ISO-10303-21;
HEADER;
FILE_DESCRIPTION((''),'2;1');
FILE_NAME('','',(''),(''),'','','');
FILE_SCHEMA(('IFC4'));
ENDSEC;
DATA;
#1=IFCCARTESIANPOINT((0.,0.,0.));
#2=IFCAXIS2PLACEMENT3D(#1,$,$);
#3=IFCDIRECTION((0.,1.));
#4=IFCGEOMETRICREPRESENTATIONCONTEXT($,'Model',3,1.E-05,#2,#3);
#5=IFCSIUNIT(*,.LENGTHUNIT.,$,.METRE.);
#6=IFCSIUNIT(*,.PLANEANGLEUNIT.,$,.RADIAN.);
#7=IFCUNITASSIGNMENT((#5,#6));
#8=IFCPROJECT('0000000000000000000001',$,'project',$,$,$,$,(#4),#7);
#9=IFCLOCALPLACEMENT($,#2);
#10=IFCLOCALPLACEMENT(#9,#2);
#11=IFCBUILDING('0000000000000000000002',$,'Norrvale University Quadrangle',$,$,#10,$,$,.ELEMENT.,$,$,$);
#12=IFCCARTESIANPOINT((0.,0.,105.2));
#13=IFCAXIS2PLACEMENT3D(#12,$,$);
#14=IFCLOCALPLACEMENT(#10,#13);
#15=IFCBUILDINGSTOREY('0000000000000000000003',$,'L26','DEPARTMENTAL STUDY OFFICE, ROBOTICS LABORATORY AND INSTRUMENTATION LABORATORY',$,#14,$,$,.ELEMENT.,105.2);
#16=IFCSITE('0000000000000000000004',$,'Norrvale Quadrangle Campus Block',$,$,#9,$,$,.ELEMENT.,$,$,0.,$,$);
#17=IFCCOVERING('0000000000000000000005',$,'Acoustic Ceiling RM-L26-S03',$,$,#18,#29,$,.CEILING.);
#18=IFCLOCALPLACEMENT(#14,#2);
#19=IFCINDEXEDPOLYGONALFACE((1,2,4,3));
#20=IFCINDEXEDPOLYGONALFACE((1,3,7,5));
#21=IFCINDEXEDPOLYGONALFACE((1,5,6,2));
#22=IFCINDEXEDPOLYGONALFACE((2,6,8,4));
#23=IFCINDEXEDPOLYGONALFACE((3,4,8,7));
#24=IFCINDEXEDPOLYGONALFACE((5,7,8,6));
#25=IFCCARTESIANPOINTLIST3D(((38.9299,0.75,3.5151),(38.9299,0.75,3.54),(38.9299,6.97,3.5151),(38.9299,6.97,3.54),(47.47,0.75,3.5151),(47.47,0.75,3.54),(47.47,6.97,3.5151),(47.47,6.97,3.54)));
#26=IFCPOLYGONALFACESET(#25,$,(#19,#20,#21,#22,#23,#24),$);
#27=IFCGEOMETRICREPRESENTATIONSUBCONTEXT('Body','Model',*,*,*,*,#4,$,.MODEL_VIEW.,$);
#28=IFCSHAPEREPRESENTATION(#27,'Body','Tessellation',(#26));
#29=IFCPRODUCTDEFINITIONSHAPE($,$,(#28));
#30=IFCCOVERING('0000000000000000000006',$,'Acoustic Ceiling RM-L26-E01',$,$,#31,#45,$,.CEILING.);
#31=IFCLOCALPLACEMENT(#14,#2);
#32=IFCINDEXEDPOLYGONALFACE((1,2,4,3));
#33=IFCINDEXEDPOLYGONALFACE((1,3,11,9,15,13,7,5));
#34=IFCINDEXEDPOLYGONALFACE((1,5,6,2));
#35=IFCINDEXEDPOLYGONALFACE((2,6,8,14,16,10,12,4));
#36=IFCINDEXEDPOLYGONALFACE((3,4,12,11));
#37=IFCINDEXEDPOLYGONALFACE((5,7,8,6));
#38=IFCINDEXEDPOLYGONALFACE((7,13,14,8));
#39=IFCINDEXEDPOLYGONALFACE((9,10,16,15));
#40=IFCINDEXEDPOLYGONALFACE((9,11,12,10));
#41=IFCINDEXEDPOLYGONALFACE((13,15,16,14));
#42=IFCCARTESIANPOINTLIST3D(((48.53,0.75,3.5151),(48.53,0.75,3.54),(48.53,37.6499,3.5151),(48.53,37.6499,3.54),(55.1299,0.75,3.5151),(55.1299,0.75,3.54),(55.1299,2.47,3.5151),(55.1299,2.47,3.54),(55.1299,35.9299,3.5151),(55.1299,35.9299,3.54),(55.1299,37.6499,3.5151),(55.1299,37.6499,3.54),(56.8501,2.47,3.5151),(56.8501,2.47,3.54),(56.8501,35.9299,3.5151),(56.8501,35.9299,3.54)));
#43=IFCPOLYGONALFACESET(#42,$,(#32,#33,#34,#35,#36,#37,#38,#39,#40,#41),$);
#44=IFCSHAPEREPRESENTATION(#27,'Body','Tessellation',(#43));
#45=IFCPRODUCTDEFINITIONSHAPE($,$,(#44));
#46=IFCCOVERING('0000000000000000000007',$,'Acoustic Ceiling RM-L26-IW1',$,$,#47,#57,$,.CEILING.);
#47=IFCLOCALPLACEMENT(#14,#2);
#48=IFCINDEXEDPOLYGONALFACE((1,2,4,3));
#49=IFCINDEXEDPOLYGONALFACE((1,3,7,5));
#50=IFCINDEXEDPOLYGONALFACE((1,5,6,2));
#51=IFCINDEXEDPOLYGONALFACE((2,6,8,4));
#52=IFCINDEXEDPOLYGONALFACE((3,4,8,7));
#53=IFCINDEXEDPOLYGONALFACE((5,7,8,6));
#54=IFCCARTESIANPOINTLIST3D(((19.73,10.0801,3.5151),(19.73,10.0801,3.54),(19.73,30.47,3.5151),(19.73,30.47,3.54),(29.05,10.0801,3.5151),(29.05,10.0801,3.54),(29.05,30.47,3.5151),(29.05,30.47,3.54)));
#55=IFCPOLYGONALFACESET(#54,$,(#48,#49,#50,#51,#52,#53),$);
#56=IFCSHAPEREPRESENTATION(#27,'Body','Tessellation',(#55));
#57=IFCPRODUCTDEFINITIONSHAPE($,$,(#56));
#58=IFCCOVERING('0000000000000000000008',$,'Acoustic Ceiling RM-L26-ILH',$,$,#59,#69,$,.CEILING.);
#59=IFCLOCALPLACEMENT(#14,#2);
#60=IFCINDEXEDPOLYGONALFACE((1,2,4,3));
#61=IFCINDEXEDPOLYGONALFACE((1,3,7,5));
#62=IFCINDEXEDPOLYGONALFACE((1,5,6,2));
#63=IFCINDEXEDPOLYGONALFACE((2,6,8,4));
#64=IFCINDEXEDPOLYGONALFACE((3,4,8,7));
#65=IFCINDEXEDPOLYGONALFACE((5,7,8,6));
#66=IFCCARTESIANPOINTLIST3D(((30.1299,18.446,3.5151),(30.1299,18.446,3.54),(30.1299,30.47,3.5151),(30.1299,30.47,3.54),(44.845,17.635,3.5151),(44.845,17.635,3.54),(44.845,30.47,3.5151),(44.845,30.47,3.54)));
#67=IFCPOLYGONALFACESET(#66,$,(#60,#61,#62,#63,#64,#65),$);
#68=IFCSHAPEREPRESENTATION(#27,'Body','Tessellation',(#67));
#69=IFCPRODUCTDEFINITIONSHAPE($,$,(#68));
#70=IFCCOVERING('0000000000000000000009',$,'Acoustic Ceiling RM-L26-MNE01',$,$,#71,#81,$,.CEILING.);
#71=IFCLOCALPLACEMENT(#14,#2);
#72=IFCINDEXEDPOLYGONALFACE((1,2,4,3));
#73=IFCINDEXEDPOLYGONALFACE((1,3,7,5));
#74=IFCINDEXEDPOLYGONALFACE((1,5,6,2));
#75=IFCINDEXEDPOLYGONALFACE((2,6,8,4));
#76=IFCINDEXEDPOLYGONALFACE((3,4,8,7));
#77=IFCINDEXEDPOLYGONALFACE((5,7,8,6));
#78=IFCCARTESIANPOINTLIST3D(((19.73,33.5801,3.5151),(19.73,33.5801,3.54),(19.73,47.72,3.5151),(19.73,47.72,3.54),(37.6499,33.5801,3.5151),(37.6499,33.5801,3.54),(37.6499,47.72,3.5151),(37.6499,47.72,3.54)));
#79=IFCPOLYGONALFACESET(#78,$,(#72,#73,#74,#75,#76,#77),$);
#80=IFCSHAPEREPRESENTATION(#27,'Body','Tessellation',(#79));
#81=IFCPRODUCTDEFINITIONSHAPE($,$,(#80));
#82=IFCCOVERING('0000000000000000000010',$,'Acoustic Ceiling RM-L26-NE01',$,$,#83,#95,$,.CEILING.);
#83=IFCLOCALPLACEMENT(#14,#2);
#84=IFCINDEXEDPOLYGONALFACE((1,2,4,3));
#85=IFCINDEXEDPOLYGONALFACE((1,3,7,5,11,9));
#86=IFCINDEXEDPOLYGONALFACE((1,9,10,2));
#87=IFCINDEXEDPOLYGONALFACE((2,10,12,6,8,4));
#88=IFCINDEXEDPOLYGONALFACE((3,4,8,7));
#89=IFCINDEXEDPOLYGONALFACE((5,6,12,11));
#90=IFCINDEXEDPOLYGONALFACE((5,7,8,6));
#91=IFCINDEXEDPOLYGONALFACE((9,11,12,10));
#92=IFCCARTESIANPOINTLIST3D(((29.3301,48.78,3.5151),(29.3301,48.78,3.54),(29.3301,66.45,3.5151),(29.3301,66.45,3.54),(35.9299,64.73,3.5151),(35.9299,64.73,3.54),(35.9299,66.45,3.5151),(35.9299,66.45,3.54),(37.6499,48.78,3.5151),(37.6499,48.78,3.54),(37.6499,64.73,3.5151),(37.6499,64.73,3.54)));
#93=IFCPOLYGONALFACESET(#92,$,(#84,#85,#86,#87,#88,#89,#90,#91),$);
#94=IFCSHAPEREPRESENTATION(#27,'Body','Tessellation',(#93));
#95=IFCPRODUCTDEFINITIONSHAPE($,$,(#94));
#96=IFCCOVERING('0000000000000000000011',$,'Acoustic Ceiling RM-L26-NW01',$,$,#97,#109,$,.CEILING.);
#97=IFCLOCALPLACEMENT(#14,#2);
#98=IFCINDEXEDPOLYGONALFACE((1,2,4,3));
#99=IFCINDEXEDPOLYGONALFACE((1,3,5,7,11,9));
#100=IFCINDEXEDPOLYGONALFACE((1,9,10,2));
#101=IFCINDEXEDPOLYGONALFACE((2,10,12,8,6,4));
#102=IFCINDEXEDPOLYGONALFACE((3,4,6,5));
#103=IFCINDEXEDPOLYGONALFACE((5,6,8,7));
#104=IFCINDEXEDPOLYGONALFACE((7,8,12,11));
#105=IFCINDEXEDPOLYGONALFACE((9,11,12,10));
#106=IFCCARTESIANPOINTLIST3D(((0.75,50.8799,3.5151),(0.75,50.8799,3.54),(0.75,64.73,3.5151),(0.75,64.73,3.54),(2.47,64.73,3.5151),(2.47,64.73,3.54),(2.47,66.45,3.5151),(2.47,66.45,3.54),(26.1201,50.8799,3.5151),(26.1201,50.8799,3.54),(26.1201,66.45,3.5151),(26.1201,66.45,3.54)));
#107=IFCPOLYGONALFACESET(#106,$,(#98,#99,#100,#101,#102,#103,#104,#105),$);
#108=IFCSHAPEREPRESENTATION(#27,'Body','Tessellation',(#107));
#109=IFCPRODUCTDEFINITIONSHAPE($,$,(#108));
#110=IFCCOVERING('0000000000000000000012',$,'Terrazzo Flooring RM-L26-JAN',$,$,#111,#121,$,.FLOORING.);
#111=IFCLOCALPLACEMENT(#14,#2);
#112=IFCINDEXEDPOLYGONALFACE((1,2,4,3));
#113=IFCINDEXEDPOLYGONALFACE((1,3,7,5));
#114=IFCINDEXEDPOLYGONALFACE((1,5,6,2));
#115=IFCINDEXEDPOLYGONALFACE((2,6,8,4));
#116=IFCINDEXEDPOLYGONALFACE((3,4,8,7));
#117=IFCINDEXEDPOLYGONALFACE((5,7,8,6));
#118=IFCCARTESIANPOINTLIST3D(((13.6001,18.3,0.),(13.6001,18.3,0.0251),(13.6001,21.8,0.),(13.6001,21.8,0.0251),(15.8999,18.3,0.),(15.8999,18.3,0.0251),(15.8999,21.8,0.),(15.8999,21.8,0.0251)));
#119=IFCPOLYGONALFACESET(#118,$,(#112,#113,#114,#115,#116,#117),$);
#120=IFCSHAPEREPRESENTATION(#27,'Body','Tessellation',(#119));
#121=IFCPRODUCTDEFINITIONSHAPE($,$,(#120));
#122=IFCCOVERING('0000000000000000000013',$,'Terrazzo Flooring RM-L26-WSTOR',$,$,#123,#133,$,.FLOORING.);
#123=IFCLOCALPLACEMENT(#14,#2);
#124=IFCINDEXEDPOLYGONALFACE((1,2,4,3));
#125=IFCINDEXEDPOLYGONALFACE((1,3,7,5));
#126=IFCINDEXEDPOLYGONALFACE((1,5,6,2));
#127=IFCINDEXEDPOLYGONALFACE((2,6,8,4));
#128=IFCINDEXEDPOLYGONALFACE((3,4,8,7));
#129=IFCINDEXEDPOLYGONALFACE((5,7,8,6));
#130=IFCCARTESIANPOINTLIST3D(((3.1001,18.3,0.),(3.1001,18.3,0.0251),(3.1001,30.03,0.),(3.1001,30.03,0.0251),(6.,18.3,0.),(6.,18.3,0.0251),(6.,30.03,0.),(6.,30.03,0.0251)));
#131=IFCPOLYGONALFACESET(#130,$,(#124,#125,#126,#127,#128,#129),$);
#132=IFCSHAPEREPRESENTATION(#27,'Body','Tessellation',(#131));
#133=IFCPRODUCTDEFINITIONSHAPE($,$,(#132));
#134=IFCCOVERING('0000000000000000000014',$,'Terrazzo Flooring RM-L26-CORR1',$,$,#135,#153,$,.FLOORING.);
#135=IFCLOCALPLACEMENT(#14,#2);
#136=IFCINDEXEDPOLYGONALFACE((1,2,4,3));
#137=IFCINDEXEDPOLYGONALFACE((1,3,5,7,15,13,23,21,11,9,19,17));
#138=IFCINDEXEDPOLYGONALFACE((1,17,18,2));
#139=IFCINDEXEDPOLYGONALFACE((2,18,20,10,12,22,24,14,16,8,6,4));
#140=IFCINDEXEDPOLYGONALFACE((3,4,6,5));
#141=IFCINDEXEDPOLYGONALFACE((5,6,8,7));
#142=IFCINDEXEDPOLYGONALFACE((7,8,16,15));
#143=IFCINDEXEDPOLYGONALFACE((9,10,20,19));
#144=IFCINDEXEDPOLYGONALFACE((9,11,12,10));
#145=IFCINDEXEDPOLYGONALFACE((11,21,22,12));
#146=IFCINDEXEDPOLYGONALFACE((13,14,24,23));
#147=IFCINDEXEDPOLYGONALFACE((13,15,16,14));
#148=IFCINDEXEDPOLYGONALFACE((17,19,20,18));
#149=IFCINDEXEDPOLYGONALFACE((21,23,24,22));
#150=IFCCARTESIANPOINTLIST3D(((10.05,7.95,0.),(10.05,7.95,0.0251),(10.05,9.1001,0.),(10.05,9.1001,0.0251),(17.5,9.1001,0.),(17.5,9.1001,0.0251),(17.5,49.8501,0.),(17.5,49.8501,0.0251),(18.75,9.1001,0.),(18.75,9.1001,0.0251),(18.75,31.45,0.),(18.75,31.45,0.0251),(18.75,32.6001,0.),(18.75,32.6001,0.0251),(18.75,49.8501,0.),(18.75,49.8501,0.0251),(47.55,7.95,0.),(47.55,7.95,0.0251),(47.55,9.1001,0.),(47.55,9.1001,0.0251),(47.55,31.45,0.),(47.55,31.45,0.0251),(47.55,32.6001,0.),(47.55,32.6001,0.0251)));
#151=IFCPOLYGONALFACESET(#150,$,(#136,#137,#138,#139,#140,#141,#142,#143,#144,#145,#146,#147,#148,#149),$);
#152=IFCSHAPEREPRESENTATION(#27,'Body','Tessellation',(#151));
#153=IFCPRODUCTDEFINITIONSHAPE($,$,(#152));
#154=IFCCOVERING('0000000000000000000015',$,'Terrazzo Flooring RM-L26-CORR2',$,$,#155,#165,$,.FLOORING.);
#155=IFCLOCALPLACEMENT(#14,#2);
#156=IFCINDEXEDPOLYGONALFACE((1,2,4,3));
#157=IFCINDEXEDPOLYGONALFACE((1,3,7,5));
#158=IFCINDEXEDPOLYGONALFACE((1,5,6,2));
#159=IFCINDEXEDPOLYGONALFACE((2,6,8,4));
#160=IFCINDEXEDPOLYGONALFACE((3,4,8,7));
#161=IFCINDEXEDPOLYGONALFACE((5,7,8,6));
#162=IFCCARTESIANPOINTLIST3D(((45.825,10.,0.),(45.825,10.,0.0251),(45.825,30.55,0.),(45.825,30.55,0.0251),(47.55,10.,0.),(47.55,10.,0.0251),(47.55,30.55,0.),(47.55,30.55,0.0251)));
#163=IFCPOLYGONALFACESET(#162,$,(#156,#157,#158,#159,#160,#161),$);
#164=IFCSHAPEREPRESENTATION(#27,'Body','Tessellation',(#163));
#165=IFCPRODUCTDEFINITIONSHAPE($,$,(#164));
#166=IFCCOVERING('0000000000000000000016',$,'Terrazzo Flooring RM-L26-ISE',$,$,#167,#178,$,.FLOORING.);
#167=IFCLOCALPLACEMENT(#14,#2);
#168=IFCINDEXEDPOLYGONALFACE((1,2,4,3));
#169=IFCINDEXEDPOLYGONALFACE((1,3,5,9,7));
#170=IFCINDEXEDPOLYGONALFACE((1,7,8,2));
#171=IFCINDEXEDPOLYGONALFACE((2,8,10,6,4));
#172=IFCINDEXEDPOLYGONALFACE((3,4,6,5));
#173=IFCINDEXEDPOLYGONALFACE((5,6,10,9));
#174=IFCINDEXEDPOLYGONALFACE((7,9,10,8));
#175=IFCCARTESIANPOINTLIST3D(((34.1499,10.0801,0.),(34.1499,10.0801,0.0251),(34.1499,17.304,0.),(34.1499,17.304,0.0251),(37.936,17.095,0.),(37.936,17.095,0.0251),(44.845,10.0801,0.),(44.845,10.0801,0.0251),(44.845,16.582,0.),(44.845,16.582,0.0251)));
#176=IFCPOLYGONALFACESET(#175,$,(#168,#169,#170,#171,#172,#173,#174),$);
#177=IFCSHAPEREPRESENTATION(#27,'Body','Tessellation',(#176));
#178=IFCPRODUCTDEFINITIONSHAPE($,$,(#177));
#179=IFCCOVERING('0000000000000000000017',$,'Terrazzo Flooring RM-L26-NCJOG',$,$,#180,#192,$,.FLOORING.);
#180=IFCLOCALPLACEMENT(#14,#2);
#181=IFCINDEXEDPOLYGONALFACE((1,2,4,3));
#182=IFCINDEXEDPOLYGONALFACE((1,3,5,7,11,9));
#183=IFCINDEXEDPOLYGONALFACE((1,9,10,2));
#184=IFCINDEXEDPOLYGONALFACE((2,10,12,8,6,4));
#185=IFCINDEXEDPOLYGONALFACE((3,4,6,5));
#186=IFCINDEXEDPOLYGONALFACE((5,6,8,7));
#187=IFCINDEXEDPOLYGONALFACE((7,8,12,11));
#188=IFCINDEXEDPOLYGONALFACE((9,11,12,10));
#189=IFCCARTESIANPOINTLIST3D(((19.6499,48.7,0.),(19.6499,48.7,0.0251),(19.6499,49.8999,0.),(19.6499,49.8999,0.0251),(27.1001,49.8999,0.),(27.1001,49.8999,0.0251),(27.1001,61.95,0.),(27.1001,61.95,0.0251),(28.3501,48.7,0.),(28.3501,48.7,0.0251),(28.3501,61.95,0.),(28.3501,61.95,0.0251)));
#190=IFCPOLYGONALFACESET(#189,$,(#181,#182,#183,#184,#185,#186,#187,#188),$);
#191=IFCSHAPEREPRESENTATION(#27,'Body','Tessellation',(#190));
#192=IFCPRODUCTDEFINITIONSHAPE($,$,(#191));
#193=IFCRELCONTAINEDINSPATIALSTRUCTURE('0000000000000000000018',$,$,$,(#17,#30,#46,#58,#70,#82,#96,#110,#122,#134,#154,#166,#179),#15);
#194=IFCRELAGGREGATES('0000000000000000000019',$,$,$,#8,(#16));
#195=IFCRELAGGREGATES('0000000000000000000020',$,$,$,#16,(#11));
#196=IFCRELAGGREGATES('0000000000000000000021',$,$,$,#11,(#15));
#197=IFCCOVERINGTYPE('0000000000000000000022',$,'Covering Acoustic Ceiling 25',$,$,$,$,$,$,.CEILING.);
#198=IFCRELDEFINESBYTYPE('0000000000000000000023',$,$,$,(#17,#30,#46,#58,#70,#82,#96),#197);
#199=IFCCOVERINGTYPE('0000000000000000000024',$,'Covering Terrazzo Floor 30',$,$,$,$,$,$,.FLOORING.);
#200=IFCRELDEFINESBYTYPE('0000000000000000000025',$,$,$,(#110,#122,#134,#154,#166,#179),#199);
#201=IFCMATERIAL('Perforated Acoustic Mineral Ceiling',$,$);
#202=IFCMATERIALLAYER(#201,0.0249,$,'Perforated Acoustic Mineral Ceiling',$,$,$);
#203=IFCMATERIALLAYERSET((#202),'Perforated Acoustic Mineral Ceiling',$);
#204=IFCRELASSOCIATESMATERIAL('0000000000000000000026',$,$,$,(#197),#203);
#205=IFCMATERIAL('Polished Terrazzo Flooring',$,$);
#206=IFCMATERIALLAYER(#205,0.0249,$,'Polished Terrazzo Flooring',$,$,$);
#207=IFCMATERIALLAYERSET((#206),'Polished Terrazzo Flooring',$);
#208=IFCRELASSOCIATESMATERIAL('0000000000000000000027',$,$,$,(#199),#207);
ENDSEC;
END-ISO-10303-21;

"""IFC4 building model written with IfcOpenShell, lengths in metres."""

from ifc_helpers import new_model, si_unit, direction, frame, origin, place, context, subcontext, project, spatial, polyline, outline, extrude, material, layer, layer_set, type_object, element, save


model = new_model("IFC4")

# Units and contexts
model_context = context("Model", 3, precision=1e-05, world=origin(), true_north=direction((0.0, 1.0)))
body_context = subcontext(model_context, "Body", "Model", "MODEL_VIEW")
ifc_project = project(units=[si_unit("LENGTHUNIT", "METRE"), si_unit("PLANEANGLEUNIT", "RADIAN")], contexts=[model_context])

# Site, building, storey
site_placement = place(None, origin())
site = spatial("IfcSite", under=ifc_project, at=site_placement, Name="Norrvale Quadrangle Campus Block", CompositionType="ELEMENT", RefElevation=0.0)
building_placement = place(site_placement, origin())
building = spatial("IfcBuilding", under=site, at=building_placement, Name="Norrvale University Quadrangle", CompositionType="ELEMENT")
storey_placement = place(building_placement, frame((0.0, 0.0, 105.2)))
storey = spatial("IfcBuildingStorey", under=building, at=storey_placement, Name="L26", Description="DEPARTMENTAL STUDY OFFICE, ROBOTICS LABORATORY AND INSTRUMENTATION LABORATORY", CompositionType="ELEMENT", Elevation=105.2)

# Coverings
ifc_material_1 = material(Name="Perforated Acoustic Mineral Ceiling")
ifc_layer_1 = layer(ifc_material_1, 0.0249, Name="Perforated Acoustic Mineral Ceiling")
ifc_layer_set_1 = layer_set([ifc_layer_1], Name="Perforated Acoustic Mineral Ceiling")
covering_type_1 = type_object("IfcCoveringType", Name="Covering Acoustic Ceiling 25", PredefinedType="CEILING", material=ifc_layer_set_1)
covering_1_placement = place(storey_placement, frame((0.0, 0.0, 3.5151)))
element("IfcCovering", 1, at=covering_1_placement, inside=storey, type_object=covering_type_1, Name="Acoustic Ceiling RM-L26-S03", PredefinedType="CEILING", context=body_context, shape_type="SweptSolid", body=[
    extrude(outline(polyline([(38.9299, 6.97), (47.47, 6.97), (47.47, 0.75), (38.9299, 0.75), (38.9299, 6.97)])), origin(), (0.0, 0.0, 1.0), 0.0249),
])
covering_2_placement = place(storey_placement, frame((0.0, 0.0, 3.5151)))
element("IfcCovering", 2, at=covering_2_placement, inside=storey, type_object=covering_type_1, Name="Acoustic Ceiling RM-L26-E01", PredefinedType="CEILING", context=body_context, shape_type="SweptSolid", body=[
    extrude(outline(polyline([(48.53, 0.75), (48.53, 37.6499), (55.1299, 37.6499), (55.1299, 35.9299), (56.8501, 35.9299), (56.8501, 2.47), (55.1299, 2.47), (55.1299, 0.75), (48.53, 0.75)])), origin(), (0.0, 0.0, 1.0), 0.0249),
])
covering_3_placement = place(storey_placement, frame((0.0, 0.0, 3.5151)))
element("IfcCovering", 3, at=covering_3_placement, inside=storey, type_object=covering_type_1, Name="Acoustic Ceiling RM-L26-IW1", PredefinedType="CEILING", context=body_context, shape_type="SweptSolid", body=[
    extrude(outline(polyline([(19.73, 10.0801), (19.73, 30.47), (29.05, 30.47), (29.05, 10.0801), (19.73, 10.0801)])), origin(), (0.0, 0.0, 1.0), 0.0249),
])
covering_4_placement = place(storey_placement, frame((0.0, 0.0, 3.5151)))
element("IfcCovering", 4, at=covering_4_placement, inside=storey, type_object=covering_type_1, Name="Acoustic Ceiling RM-L26-ILH", PredefinedType="CEILING", context=body_context, shape_type="SweptSolid", body=[
    extrude(outline(polyline([(30.1299, 18.446), (30.1299, 30.47), (44.845, 30.47), (44.845, 17.635), (30.1299, 18.446)])), origin(), (0.0, 0.0, 1.0), 0.0249),
])
covering_5_placement = place(storey_placement, frame((0.0, 0.0, 3.5151)))
element("IfcCovering", 5, at=covering_5_placement, inside=storey, type_object=covering_type_1, Name="Acoustic Ceiling RM-L26-MNE01", PredefinedType="CEILING", context=body_context, shape_type="SweptSolid", body=[
    extrude(outline(polyline([(19.73, 47.72), (37.6499, 47.72), (37.6499, 33.5801), (19.73, 33.5801), (19.73, 47.72)])), origin(), (0.0, 0.0, 1.0), 0.0249),
])
covering_6_placement = place(storey_placement, frame((0.0, 0.0, 3.5151)))
element("IfcCovering", 6, at=covering_6_placement, inside=storey, type_object=covering_type_1, Name="Acoustic Ceiling RM-L26-NE01", PredefinedType="CEILING", context=body_context, shape_type="SweptSolid", body=[
    extrude(outline(polyline([(37.6499, 48.78), (29.3301, 48.78), (29.3301, 66.45), (35.9299, 66.45), (35.9299, 64.73), (37.6499, 64.73), (37.6499, 48.78)])), origin(), (0.0, 0.0, 1.0), 0.0249),
])
covering_7_placement = place(storey_placement, frame((0.0, 0.0, 3.5151)))
element("IfcCovering", 7, at=covering_7_placement, inside=storey, type_object=covering_type_1, Name="Acoustic Ceiling RM-L26-NW01", PredefinedType="CEILING", context=body_context, shape_type="SweptSolid", body=[
    extrude(outline(polyline([(26.1201, 66.45), (26.1201, 50.8799), (0.75, 50.8799), (0.75, 64.73), (2.47, 64.73), (2.47, 66.45), (26.1201, 66.45)])), origin(), (0.0, 0.0, 1.0), 0.0249),
])
ifc_material_2 = material(Name="Polished Terrazzo Flooring")
ifc_layer_2 = layer(ifc_material_2, 0.0249, Name="Polished Terrazzo Flooring")
ifc_layer_set_2 = layer_set([ifc_layer_2], Name="Polished Terrazzo Flooring")
covering_type_2 = type_object("IfcCoveringType", Name="Covering Terrazzo Floor 30", PredefinedType="FLOORING", material=ifc_layer_set_2)
covering_8_placement = place(storey_placement, origin())
element("IfcCovering", 8, at=covering_8_placement, inside=storey, type_object=covering_type_2, Name="Terrazzo Flooring RM-L26-JAN", PredefinedType="FLOORING", context=body_context, shape_type="SweptSolid", body=[
    extrude(outline(polyline([(13.6001, 18.3), (13.6001, 21.8), (15.8999, 21.8), (15.8999, 18.3), (13.6001, 18.3)])), origin(), (0.0, 0.0, 1.0), 0.0251),
])
covering_9_placement = place(storey_placement, origin())
element("IfcCovering", 9, at=covering_9_placement, inside=storey, type_object=covering_type_2, Name="Terrazzo Flooring RM-L26-WSTOR", PredefinedType="FLOORING", context=body_context, shape_type="SweptSolid", body=[
    extrude(outline(polyline([(3.1001, 18.3), (3.1001, 30.03), (6.0, 30.03), (6.0, 18.3), (3.1001, 18.3)])), origin(), (0.0, 0.0, 1.0), 0.0251),
])
covering_10_placement = place(storey_placement, origin())
element("IfcCovering", 10, at=covering_10_placement, inside=storey, type_object=covering_type_2, Name="Terrazzo Flooring RM-L26-CORR1", PredefinedType="FLOORING", context=body_context, shape_type="SweptSolid", body=[
    extrude(outline(polyline([(10.05, 7.95), (10.05, 9.1001), (17.5, 9.1001), (17.5, 49.8501), (18.75, 49.8501), (18.75, 32.6001), (47.55, 32.6001), (47.55, 31.45), (18.75, 31.45), (18.75, 9.1001), (47.55, 9.1001), (47.55, 7.95), (10.05, 7.95)])), origin(), (0.0, 0.0, 1.0), 0.0251),
])
covering_11_placement = place(storey_placement, origin())
element("IfcCovering", 11, at=covering_11_placement, inside=storey, type_object=covering_type_2, Name="Terrazzo Flooring RM-L26-CORR2", PredefinedType="FLOORING", context=body_context, shape_type="SweptSolid", body=[
    extrude(outline(polyline([(45.825, 10.0), (45.825, 30.55), (47.55, 30.55), (47.55, 10.0), (45.825, 10.0)])), origin(), (0.0, 0.0, 1.0), 0.0251),
])
covering_12_placement = place(storey_placement, origin())
element("IfcCovering", 12, at=covering_12_placement, inside=storey, type_object=covering_type_2, Name="Terrazzo Flooring RM-L26-ISE", PredefinedType="FLOORING", context=body_context, shape_type="SweptSolid", body=[
    extrude(outline(polyline([(44.845, 16.582), (44.845, 10.0801), (34.1499, 10.0801), (34.1499, 17.304), (37.936, 17.095), (44.845, 16.582)])), origin(), (0.0, 0.0, 1.0), 0.0251),
])
covering_13_placement = place(storey_placement, origin())
element("IfcCovering", 13, at=covering_13_placement, inside=storey, type_object=covering_type_2, Name="Terrazzo Flooring RM-L26-NCJOG", PredefinedType="FLOORING", context=body_context, shape_type="SweptSolid", body=[
    extrude(outline(polyline([(19.6499, 48.7), (19.6499, 49.8999), (27.1001, 49.8999), (27.1001, 61.95), (28.3501, 61.95), (28.3501, 48.7), (19.6499, 48.7)])), origin(), (0.0, 0.0, 1.0), 0.0251),
])

save(model, "model.ifc")
